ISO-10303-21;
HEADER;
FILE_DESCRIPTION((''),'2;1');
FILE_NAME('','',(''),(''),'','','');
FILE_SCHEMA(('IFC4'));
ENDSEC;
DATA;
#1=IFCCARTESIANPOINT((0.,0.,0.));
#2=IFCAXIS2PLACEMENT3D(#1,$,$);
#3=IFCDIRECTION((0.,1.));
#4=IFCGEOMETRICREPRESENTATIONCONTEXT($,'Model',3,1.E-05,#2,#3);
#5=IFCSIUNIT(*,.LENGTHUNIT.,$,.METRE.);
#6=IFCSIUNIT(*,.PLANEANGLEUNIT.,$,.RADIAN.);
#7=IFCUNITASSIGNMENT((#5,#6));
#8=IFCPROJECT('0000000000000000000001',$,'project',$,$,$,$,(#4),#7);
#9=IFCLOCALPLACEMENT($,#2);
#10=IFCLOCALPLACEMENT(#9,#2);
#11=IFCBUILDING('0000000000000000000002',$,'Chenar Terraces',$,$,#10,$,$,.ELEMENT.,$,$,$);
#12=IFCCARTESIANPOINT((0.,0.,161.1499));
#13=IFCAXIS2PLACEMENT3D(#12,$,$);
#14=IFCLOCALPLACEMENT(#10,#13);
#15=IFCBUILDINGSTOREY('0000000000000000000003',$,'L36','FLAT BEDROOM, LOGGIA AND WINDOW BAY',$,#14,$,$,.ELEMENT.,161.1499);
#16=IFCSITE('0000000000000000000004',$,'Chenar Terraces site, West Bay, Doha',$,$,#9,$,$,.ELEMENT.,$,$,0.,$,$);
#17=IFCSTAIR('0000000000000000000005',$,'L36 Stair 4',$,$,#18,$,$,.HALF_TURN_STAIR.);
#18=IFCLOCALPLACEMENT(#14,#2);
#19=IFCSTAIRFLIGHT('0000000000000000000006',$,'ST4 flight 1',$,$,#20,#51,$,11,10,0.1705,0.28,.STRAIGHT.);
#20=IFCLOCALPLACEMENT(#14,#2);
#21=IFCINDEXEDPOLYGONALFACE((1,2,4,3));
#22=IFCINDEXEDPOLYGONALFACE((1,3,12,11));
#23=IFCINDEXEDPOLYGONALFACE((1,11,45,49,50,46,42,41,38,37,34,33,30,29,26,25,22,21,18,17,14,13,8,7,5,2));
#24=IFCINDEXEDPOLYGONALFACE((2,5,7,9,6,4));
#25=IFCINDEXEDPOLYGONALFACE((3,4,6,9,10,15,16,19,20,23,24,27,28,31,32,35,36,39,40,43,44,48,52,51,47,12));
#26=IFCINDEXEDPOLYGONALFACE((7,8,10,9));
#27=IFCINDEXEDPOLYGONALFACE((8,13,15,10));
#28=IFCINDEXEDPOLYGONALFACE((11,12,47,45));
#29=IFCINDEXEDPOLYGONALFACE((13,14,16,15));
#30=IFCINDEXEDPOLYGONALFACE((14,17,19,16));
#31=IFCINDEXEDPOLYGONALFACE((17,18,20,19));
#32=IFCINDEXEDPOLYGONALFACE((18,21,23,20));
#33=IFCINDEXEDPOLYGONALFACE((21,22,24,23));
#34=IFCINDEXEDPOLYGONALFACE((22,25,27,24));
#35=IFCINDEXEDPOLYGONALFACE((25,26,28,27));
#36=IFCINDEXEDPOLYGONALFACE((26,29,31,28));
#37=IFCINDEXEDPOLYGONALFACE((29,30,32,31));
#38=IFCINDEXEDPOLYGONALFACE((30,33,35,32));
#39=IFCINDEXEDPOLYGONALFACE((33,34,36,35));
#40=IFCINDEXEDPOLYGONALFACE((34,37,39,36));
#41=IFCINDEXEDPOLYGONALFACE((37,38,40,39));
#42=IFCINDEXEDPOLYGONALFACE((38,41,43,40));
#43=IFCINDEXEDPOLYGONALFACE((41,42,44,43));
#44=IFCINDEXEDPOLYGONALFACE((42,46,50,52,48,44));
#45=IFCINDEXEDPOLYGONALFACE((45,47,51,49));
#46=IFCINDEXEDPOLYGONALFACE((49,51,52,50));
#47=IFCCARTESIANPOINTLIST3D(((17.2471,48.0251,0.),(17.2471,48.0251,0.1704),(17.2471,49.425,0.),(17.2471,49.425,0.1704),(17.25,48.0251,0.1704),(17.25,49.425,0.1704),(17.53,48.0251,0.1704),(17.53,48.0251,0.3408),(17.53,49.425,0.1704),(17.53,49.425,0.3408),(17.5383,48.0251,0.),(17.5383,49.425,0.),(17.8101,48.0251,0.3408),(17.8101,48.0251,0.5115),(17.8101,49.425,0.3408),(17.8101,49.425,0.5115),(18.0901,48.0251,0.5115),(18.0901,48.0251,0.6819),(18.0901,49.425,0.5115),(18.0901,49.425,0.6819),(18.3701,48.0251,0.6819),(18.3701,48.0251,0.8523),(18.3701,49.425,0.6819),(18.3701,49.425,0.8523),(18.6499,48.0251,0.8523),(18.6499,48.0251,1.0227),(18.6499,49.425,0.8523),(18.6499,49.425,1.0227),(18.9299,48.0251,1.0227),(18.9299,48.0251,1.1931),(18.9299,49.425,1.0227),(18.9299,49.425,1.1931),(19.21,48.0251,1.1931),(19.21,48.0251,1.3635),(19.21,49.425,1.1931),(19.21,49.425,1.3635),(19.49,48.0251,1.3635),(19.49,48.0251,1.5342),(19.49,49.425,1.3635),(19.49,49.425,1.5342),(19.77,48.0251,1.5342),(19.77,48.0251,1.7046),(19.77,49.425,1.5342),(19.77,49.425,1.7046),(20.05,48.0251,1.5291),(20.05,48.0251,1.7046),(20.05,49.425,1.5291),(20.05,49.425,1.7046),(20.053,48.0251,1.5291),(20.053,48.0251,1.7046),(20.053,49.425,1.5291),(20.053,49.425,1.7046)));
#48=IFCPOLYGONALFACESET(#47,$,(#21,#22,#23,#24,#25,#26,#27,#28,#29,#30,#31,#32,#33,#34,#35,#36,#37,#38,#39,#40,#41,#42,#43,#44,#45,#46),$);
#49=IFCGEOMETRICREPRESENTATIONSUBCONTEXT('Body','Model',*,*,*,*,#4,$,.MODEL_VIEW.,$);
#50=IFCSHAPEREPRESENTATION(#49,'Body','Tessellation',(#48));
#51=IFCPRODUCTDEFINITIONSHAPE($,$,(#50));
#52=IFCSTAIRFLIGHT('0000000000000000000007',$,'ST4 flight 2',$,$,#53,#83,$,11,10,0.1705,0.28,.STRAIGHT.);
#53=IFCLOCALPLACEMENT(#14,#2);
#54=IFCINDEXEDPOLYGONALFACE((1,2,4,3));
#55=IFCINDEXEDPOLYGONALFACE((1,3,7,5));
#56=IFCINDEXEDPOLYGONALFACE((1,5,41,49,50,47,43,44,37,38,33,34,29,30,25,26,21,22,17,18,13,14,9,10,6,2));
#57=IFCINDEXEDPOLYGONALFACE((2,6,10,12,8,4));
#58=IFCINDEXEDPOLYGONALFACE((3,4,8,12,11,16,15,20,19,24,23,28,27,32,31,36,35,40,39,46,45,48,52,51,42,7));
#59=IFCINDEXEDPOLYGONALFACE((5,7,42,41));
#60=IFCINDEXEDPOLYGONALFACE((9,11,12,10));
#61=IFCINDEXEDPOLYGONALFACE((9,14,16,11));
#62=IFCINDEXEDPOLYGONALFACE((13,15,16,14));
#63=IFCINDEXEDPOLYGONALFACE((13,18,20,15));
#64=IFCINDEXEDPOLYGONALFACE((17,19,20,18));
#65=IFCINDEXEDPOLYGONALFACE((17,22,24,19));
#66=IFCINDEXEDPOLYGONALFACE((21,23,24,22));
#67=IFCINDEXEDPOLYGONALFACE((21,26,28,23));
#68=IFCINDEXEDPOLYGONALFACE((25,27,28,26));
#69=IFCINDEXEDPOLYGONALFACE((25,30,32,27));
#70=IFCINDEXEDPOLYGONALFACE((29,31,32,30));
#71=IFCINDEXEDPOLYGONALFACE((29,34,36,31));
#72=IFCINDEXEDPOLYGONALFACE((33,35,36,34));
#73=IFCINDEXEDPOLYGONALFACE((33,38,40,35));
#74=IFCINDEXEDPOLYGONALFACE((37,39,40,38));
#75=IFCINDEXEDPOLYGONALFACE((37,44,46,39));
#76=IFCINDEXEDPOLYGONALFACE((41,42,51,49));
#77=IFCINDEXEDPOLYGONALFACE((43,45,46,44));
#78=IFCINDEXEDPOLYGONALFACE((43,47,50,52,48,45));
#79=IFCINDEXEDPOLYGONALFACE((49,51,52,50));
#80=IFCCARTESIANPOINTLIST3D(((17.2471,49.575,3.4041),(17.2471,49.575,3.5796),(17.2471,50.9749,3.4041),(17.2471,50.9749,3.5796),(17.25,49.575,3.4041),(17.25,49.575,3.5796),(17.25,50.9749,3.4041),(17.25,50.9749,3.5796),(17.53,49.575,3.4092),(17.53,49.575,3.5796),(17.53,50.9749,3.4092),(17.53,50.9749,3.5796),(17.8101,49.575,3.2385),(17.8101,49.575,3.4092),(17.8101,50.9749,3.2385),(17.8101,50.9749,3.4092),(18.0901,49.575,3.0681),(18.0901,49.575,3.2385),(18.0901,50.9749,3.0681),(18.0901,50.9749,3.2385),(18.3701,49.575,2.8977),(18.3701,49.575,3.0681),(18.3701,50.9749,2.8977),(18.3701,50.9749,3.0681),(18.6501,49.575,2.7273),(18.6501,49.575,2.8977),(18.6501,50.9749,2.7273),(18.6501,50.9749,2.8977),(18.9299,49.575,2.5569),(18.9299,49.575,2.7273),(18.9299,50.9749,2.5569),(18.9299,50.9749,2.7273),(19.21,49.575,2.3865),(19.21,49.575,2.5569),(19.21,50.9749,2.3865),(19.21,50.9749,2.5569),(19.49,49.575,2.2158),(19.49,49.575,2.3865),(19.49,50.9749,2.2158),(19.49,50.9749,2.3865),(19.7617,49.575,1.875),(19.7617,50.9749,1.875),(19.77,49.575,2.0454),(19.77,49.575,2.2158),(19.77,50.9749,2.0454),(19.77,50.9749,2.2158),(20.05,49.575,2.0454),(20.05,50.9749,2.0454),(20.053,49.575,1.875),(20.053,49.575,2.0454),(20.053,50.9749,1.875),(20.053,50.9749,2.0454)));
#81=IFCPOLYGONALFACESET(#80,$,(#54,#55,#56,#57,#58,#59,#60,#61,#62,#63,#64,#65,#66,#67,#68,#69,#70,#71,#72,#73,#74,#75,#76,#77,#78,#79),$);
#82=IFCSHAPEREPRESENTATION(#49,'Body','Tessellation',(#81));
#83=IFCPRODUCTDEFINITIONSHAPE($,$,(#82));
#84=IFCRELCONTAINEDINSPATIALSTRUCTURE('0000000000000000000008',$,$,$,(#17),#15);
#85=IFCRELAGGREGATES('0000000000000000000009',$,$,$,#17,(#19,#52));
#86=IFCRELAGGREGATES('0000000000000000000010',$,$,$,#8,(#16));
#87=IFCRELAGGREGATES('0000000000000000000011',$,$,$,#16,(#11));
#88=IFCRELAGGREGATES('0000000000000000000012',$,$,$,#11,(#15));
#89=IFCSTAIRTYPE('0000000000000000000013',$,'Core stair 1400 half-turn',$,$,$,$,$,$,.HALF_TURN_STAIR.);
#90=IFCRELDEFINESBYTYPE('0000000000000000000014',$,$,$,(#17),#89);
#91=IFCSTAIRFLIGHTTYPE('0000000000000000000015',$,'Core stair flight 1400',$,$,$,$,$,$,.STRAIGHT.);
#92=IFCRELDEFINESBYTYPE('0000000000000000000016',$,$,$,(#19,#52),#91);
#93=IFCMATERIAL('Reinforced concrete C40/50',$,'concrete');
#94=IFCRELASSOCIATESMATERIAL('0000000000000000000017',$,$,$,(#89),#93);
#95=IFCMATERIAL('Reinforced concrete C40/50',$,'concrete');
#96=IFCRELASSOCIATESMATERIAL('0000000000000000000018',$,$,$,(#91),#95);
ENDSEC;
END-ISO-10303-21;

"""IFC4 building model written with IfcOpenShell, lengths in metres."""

from ifc_helpers import new_model, si_unit, direction, frame, origin, place, context, subcontext, project, spatial, polyline, outline, extrude, material, type_object, element, aggregate, save


model = new_model("IFC4")

# Units and contexts
model_context = context("Model", 3, precision=1e-05, world=origin(), true_north=direction((0.0, 1.0)))
body_context = subcontext(model_context, "Body", "Model", "MODEL_VIEW")
ifc_project = project(units=[si_unit("LENGTHUNIT", "METRE"), si_unit("PLANEANGLEUNIT", "RADIAN")], contexts=[model_context])

# Site, building, storey
site_placement = place(None, origin())
site = spatial("IfcSite", under=ifc_project, at=site_placement, Name="Chenar Terraces site, West Bay, Doha", CompositionType="ELEMENT", RefElevation=0.0)
building_placement = place(site_placement, origin())
building = spatial("IfcBuilding", under=site, at=building_placement, Name="Chenar Terraces", CompositionType="ELEMENT")
storey_placement = place(building_placement, frame((0.0, 0.0, 161.1499)))
storey = spatial("IfcBuildingStorey", under=building, at=storey_placement, Name="L36", Description="FLAT BEDROOM, LOGGIA AND WINDOW BAY", CompositionType="ELEMENT", Elevation=161.1499)

# Stair, stair flights
ifc_material_1 = material(Name="Reinforced concrete C40/50", Category="concrete")
stair_type = type_object("IfcStairType", Name="Core stair 1400 half-turn", PredefinedType="HALF_TURN_STAIR", material=ifc_material_1)
stair_placement = place(storey_placement, origin())
stair = element("IfcStair", 1, at=stair_placement, inside=storey, type_object=stair_type, Name="L36 Stair 4", PredefinedType="HALF_TURN_STAIR")
ifc_material_2 = material(Name="Reinforced concrete C40/50", Category="concrete")
stair_flight_type = type_object("IfcStairFlightType", Name="Core stair flight 1400", PredefinedType="STRAIGHT", material=ifc_material_2)
stair_flight_1_placement = place(storey_placement, frame((17.25, 48.7251, 0.0), z_axis=(0.0, 0.0, 1.0), x_axis=(1.0, 0.0, 0.0)))
stair_flight_1 = element("IfcStairFlight", 2, at=stair_flight_1_placement, type_object=stair_flight_type, Name="ST4 flight 1", NumberOfRisers=11, NumberOfTreads=10, PredefinedType="STRAIGHT", RiserHeight=0.1705, TreadLength=0.28, context=body_context, shape_type="SweptSolid", body=[
    extrude(outline(polyline([(-0.0029, 0.0), (-0.0029, 0.1704), (0.0, 0.1704), (0.28, 0.1704), (0.28, 0.3408), (0.5601, 0.3408), (0.5601, 0.5115), (0.8401, 0.5115), (0.8401, 0.6819), (1.1201, 0.6819), (1.1201, 0.8523), (1.3999, 0.8523), (1.3999, 1.0227), (1.6799, 1.0227), (1.6799, 1.1931), (1.96, 1.1931), (1.96, 1.3635), (2.24, 1.3635), (2.24, 1.5342), (2.52, 1.5342), (2.52, 1.7046), (2.8, 1.7046), (2.803, 1.7046), (2.803, 1.5291), (2.8, 1.5291), (0.2883, 0.0), (-0.0029, 0.0)])), frame((0.0, 0.7, 0.0), z_axis=(0.0, -1.0, 0.0), x_axis=(1.0, 0.0, 0.0)), (0.0, 0.0, 1.0), 1.3999),
])
stair_flight_2_placement = place(storey_placement, frame((20.05, 50.2749, 1.875), z_axis=(0.0, 0.0, 1.0), x_axis=(-1.0, 0.0, 0.0)))
stair_flight_2 = element("IfcStairFlight", 3, at=stair_flight_2_placement, type_object=stair_flight_type, Name="ST4 flight 2", NumberOfRisers=11, NumberOfTreads=10, PredefinedType="STRAIGHT", RiserHeight=0.1705, TreadLength=0.28, context=body_context, shape_type="SweptSolid", body=[
    extrude(outline(polyline([(-0.0029, 0.0), (-0.0029, 0.1704), (0.0, 0.1704), (0.28, 0.1704), (0.28, 0.3408), (0.5601, 0.3408), (0.5601, 0.5115), (0.8401, 0.5115), (0.8401, 0.6819), (1.1201, 0.6819), (1.1201, 0.8523), (1.3999, 0.8523), (1.3999, 1.0227), (1.6799, 1.0227), (1.6799, 1.1931), (1.96, 1.1931), (1.96, 1.3635), (2.24, 1.3635), (2.24, 1.5342), (2.52, 1.5342), (2.52, 1.7046), (2.8, 1.7046), (2.803, 1.7046), (2.803, 1.5291), (2.8, 1.5291), (0.2883, 0.0), (-0.0029, 0.0)])), frame((0.0, 0.7, 0.0), z_axis=(0.0, -1.0, 0.0), x_axis=(1.0, 0.0, 0.0)), (0.0, 0.0, 1.0), 1.3999),
])
aggregate(stair, [stair_flight_1, stair_flight_2])

save(model, "model.ifc")
